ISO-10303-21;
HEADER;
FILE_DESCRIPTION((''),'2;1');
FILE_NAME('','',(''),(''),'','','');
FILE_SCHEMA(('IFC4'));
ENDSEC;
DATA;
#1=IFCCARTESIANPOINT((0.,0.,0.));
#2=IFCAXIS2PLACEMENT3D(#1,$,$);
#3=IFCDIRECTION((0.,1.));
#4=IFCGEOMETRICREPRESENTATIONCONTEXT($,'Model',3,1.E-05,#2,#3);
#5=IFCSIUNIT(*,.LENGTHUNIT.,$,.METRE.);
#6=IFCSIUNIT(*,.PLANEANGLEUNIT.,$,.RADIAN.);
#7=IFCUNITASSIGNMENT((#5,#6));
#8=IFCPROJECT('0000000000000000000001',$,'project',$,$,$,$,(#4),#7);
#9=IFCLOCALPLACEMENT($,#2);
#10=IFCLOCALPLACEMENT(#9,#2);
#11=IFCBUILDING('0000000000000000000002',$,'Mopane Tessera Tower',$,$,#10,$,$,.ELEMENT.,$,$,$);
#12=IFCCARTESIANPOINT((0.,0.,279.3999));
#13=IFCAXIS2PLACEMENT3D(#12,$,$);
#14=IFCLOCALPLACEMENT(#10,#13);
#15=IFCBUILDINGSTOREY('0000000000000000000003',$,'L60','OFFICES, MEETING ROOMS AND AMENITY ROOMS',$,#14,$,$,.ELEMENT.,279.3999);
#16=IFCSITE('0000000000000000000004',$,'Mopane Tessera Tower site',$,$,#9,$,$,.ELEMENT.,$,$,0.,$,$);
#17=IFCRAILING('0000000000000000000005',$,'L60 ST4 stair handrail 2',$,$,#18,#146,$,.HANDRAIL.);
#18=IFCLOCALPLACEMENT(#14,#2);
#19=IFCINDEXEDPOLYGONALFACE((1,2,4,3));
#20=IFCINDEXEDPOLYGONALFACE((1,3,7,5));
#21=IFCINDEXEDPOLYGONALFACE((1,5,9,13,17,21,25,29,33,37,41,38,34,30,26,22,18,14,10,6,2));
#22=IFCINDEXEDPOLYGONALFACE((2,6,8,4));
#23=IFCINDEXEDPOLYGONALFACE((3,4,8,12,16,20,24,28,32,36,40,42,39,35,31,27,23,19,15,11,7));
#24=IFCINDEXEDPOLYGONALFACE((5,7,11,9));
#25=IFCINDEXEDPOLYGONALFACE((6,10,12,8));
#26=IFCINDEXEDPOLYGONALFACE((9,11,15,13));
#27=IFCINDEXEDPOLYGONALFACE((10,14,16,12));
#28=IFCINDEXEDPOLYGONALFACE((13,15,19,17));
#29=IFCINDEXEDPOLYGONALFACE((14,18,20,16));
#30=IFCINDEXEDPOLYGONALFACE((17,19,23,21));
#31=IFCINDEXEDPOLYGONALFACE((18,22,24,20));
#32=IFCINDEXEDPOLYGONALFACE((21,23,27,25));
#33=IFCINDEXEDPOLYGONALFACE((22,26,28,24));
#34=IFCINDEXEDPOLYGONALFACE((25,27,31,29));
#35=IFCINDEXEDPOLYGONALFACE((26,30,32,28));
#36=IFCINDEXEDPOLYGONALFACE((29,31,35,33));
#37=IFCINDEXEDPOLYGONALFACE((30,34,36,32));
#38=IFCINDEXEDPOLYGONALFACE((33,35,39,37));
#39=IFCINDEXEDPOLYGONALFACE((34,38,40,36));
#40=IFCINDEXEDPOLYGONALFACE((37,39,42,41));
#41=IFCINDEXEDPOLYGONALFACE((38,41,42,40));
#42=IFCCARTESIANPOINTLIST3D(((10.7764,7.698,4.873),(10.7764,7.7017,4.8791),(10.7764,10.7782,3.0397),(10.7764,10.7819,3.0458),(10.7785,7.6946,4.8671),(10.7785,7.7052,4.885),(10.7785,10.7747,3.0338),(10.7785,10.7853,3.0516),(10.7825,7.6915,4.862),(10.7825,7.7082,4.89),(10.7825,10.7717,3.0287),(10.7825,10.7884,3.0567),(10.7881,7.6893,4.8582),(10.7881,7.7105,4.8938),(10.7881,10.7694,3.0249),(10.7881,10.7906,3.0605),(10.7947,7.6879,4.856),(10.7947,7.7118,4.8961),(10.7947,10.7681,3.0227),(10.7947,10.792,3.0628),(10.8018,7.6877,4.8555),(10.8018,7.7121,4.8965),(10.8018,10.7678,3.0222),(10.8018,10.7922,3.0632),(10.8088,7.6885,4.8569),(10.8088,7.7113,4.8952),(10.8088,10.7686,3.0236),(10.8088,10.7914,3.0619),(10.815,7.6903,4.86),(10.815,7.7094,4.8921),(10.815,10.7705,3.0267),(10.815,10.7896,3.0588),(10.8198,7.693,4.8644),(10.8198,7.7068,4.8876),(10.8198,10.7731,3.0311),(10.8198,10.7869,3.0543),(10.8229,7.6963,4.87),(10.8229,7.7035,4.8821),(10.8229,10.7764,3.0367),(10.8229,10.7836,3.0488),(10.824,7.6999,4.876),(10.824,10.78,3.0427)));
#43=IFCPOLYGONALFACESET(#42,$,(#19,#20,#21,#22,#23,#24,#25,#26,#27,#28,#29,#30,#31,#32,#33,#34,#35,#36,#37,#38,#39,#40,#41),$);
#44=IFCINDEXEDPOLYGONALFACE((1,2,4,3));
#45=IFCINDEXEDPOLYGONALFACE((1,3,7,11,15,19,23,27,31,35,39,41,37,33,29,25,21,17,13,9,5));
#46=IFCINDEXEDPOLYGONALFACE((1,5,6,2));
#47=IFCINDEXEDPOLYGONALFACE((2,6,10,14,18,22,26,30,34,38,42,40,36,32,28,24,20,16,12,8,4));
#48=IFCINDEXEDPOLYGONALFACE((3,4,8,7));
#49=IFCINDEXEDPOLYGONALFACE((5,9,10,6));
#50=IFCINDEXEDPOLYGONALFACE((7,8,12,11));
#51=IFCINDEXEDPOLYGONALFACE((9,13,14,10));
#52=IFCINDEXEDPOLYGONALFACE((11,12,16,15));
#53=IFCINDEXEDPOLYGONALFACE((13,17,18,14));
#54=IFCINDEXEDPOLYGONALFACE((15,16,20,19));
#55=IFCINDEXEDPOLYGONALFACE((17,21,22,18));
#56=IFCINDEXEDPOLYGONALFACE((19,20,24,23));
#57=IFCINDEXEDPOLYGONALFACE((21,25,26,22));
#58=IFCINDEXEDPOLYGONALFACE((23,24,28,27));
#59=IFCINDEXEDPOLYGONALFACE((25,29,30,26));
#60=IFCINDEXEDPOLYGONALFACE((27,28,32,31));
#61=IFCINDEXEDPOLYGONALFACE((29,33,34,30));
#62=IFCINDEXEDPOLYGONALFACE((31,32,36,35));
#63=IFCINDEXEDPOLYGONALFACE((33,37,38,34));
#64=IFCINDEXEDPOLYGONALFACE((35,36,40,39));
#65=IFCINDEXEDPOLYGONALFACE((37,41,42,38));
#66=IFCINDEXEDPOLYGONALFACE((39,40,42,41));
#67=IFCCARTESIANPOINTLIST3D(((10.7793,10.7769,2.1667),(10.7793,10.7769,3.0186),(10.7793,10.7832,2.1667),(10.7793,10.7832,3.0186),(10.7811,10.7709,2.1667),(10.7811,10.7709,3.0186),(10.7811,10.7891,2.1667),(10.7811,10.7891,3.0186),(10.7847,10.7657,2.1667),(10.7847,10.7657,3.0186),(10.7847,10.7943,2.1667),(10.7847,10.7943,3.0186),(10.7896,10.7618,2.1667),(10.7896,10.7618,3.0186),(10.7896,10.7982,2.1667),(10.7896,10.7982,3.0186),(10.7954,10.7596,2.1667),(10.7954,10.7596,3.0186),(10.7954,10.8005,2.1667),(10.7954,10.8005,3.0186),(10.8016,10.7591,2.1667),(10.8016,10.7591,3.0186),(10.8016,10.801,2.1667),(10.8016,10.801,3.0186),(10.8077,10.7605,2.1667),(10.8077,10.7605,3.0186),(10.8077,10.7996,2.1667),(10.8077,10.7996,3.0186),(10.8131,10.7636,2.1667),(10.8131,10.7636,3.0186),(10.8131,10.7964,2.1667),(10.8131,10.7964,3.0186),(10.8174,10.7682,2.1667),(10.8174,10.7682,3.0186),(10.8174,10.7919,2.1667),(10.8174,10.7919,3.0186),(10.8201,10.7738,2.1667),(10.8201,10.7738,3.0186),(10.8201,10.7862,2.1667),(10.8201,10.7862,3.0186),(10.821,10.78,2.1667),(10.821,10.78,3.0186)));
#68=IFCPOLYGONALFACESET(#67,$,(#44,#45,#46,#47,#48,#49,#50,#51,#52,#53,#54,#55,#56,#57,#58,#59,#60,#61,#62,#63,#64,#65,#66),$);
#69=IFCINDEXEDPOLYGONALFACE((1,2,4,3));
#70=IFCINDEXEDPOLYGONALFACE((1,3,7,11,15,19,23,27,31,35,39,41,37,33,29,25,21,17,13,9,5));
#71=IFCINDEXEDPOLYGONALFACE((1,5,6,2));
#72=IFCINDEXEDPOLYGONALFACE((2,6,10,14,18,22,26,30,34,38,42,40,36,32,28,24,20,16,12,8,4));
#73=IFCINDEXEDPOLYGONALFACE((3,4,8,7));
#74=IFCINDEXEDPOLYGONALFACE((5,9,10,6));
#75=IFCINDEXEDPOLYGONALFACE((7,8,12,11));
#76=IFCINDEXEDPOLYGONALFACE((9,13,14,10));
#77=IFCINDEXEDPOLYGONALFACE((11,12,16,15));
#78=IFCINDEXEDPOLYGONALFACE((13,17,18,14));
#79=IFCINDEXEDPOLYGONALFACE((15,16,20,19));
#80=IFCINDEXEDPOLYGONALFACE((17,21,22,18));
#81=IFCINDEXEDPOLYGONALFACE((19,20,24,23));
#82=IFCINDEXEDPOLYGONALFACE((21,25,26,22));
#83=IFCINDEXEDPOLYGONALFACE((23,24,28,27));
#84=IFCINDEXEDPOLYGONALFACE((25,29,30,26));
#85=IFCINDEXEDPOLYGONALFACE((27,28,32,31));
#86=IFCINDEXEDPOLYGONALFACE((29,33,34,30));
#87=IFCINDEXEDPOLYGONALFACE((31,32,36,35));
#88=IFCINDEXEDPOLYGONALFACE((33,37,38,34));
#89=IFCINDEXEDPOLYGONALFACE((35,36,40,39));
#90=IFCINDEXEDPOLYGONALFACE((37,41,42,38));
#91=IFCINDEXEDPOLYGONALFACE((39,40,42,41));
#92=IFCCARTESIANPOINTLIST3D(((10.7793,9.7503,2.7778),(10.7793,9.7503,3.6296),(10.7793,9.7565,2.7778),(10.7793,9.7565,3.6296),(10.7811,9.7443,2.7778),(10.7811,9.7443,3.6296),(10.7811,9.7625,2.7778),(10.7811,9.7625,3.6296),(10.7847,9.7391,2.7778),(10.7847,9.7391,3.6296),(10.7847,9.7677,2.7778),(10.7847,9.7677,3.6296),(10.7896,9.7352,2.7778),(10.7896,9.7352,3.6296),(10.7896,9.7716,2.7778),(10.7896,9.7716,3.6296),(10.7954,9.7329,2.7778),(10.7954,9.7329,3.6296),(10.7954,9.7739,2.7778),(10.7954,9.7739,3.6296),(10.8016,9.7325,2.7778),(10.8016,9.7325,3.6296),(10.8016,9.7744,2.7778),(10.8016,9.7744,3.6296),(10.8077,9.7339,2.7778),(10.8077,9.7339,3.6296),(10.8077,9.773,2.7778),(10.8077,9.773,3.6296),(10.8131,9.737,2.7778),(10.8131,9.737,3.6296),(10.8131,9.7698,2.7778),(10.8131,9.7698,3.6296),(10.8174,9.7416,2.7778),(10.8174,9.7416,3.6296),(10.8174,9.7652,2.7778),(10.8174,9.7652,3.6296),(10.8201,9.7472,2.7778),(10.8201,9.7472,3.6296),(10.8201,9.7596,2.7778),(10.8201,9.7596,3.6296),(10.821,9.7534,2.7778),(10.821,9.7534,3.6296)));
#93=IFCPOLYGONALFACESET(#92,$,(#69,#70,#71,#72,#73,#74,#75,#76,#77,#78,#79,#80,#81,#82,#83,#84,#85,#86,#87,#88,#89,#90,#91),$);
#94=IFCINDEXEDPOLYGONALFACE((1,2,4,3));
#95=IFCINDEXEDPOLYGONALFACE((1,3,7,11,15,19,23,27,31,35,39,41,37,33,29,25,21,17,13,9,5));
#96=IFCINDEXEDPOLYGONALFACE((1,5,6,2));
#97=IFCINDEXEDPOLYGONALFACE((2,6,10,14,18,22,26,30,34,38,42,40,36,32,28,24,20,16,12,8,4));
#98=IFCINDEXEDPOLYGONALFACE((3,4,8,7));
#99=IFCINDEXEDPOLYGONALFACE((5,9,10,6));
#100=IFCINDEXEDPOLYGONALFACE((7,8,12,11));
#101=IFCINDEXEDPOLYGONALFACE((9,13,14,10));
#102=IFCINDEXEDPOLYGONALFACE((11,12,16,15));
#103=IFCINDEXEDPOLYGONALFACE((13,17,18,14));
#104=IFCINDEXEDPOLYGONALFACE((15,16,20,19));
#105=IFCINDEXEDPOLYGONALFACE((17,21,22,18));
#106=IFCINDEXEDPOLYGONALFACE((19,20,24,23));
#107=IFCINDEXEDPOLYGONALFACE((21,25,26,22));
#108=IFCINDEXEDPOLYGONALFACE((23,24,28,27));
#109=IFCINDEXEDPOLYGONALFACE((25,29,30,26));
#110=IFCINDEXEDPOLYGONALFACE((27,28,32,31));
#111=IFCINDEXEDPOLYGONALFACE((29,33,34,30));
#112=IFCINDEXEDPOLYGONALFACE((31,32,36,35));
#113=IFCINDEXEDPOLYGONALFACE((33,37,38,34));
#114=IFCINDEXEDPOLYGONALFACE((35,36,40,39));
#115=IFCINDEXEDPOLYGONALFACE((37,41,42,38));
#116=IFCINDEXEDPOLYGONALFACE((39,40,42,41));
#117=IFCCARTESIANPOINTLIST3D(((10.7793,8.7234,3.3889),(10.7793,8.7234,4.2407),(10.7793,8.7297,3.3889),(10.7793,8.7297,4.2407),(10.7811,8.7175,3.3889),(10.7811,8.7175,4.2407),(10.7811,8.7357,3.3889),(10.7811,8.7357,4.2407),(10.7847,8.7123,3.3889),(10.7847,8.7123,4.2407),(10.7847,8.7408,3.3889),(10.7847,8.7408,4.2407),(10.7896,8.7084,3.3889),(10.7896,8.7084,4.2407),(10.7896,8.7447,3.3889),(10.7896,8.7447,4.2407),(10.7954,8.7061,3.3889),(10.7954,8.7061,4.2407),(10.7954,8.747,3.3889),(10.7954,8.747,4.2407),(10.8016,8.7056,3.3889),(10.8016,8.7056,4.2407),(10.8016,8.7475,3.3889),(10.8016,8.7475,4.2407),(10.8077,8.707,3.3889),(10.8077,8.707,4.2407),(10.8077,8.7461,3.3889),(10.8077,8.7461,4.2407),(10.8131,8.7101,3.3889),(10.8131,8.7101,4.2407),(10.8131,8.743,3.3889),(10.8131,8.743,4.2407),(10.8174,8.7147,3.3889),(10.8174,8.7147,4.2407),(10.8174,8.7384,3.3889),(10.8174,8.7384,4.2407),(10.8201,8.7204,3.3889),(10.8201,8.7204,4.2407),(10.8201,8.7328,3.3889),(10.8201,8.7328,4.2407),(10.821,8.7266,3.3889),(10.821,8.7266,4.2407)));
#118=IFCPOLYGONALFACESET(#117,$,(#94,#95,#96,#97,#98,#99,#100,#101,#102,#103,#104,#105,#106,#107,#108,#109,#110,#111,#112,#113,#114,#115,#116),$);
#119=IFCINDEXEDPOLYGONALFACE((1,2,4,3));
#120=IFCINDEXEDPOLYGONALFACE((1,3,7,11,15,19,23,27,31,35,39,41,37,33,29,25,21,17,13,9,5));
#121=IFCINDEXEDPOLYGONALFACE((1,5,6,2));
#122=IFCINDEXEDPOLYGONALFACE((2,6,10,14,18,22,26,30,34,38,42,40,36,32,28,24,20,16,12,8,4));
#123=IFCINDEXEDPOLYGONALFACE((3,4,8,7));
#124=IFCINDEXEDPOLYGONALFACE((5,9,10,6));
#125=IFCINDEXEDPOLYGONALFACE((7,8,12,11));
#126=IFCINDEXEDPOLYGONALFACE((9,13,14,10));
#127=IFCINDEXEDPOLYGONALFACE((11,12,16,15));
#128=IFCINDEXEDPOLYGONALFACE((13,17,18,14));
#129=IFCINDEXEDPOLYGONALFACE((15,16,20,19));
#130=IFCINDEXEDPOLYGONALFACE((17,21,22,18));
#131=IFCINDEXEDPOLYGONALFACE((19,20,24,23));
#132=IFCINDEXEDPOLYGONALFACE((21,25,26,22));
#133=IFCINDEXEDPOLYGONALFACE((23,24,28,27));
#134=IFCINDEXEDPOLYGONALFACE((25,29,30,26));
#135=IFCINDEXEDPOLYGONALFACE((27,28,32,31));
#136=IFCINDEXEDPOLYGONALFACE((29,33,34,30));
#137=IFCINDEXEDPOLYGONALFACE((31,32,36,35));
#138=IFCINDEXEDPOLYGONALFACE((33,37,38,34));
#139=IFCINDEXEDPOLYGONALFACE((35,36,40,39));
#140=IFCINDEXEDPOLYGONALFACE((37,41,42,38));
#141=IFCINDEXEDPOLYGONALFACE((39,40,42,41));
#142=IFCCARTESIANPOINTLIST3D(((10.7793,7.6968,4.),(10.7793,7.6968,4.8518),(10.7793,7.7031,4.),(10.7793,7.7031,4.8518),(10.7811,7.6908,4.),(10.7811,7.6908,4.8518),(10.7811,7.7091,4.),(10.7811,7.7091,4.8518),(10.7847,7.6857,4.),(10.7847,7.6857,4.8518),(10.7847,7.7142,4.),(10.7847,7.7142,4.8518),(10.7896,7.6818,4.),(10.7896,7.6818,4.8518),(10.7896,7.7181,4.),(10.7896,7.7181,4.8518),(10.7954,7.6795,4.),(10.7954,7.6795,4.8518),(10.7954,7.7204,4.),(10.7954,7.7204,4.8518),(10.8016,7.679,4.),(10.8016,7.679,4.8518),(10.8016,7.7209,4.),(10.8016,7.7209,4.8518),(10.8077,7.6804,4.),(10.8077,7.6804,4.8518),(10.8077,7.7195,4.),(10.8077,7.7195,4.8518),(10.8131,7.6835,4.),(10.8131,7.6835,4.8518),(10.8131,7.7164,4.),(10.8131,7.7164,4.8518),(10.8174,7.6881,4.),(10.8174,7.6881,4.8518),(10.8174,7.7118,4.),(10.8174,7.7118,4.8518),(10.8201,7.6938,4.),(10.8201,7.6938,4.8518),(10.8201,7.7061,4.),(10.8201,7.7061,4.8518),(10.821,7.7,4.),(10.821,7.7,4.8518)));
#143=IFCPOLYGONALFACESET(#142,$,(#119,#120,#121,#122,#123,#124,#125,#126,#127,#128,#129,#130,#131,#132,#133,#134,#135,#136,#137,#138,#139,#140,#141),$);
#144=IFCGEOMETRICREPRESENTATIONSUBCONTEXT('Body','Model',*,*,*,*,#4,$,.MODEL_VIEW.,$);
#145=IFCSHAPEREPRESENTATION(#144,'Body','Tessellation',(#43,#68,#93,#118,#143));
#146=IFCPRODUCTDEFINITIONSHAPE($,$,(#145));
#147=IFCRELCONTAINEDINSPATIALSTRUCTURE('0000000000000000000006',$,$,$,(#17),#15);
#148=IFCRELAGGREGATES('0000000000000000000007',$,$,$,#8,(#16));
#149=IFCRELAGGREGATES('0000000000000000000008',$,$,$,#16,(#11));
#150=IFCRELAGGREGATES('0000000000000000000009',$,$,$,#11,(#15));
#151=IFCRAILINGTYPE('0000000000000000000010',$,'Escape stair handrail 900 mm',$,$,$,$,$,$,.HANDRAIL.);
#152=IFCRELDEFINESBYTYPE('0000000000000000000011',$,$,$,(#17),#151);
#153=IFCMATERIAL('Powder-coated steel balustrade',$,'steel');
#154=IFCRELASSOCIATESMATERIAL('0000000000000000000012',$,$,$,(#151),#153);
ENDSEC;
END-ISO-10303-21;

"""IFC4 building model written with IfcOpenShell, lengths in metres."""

from ifc_helpers import new_model, si_unit, direction, frame, origin, origin_2d, place, context, subcontext, project, spatial, circle, extrude, material, type_object, element, save


model = new_model("IFC4")

# Units and contexts
model_context = context("Model", 3, precision=1e-05, world=origin(), true_north=direction((0.0, 1.0)))
body_context = subcontext(model_context, "Body", "Model", "MODEL_VIEW")
ifc_project = project(units=[si_unit("LENGTHUNIT", "METRE"), si_unit("PLANEANGLEUNIT", "RADIAN")], contexts=[model_context])

# Site, building, storey
site_placement = place(None, origin())
site = spatial("IfcSite", under=ifc_project, at=site_placement, Name="Mopane Tessera Tower site", CompositionType="ELEMENT", RefElevation=0.0)
building_placement = place(site_placement, origin())
building = spatial("IfcBuilding", under=site, at=building_placement, Name="Mopane Tessera Tower", CompositionType="ELEMENT")
storey_placement = place(building_placement, frame((0.0, 0.0, 279.3999)))
storey = spatial("IfcBuildingStorey", under=building, at=storey_placement, Name="L60", Description="OFFICES, MEETING ROOMS AND AMENITY ROOMS", CompositionType="ELEMENT", Elevation=279.3999)

# Railing
ifc_material_1 = material(Name="Powder-coated steel balustrade", Category="steel")
railing_type_1 = type_object("IfcRailingType", Name="Escape stair handrail 900 mm", PredefinedType="HANDRAIL", material=ifc_material_1)
railing_1_placement = place(storey_placement, frame((10.8, 10.78, 2.1667)))
element("IfcRailing", 1, at=railing_1_placement, inside=storey, type_object=railing_type_1, Name="L60 ST4 stair handrail 2", PredefinedType="HANDRAIL", context=body_context, shape_type="SweptSolid", body=[
    extrude(circle(Radius=0.0239, at=origin_2d()), frame((0.0, 0.0, 0.876), z_axis=(0.0, -0.859309, 0.511458), x_axis=(1.0, 0.0, 0.0)), (0.0, 0.0, 1.0), 3.5845),
    extrude(circle(Radius=0.021, at=origin_2d()), origin(), (0.0, 0.0, 1.0), 0.8518),
    extrude(circle(Radius=0.021, at=origin_2d()), frame((0.0, -1.0266, 0.6111)), (0.0, 0.0, 1.0), 0.8518),
    extrude(circle(Radius=0.021, at=origin_2d()), frame((0.0, -2.0535, 1.2222)), (0.0, 0.0, 1.0), 0.8518),
    extrude(circle(Radius=0.021, at=origin_2d()), frame((0.0, -3.0801, 1.8333)), (0.0, 0.0, 1.0), 0.8518),
])

save(model, "model.ifc")
